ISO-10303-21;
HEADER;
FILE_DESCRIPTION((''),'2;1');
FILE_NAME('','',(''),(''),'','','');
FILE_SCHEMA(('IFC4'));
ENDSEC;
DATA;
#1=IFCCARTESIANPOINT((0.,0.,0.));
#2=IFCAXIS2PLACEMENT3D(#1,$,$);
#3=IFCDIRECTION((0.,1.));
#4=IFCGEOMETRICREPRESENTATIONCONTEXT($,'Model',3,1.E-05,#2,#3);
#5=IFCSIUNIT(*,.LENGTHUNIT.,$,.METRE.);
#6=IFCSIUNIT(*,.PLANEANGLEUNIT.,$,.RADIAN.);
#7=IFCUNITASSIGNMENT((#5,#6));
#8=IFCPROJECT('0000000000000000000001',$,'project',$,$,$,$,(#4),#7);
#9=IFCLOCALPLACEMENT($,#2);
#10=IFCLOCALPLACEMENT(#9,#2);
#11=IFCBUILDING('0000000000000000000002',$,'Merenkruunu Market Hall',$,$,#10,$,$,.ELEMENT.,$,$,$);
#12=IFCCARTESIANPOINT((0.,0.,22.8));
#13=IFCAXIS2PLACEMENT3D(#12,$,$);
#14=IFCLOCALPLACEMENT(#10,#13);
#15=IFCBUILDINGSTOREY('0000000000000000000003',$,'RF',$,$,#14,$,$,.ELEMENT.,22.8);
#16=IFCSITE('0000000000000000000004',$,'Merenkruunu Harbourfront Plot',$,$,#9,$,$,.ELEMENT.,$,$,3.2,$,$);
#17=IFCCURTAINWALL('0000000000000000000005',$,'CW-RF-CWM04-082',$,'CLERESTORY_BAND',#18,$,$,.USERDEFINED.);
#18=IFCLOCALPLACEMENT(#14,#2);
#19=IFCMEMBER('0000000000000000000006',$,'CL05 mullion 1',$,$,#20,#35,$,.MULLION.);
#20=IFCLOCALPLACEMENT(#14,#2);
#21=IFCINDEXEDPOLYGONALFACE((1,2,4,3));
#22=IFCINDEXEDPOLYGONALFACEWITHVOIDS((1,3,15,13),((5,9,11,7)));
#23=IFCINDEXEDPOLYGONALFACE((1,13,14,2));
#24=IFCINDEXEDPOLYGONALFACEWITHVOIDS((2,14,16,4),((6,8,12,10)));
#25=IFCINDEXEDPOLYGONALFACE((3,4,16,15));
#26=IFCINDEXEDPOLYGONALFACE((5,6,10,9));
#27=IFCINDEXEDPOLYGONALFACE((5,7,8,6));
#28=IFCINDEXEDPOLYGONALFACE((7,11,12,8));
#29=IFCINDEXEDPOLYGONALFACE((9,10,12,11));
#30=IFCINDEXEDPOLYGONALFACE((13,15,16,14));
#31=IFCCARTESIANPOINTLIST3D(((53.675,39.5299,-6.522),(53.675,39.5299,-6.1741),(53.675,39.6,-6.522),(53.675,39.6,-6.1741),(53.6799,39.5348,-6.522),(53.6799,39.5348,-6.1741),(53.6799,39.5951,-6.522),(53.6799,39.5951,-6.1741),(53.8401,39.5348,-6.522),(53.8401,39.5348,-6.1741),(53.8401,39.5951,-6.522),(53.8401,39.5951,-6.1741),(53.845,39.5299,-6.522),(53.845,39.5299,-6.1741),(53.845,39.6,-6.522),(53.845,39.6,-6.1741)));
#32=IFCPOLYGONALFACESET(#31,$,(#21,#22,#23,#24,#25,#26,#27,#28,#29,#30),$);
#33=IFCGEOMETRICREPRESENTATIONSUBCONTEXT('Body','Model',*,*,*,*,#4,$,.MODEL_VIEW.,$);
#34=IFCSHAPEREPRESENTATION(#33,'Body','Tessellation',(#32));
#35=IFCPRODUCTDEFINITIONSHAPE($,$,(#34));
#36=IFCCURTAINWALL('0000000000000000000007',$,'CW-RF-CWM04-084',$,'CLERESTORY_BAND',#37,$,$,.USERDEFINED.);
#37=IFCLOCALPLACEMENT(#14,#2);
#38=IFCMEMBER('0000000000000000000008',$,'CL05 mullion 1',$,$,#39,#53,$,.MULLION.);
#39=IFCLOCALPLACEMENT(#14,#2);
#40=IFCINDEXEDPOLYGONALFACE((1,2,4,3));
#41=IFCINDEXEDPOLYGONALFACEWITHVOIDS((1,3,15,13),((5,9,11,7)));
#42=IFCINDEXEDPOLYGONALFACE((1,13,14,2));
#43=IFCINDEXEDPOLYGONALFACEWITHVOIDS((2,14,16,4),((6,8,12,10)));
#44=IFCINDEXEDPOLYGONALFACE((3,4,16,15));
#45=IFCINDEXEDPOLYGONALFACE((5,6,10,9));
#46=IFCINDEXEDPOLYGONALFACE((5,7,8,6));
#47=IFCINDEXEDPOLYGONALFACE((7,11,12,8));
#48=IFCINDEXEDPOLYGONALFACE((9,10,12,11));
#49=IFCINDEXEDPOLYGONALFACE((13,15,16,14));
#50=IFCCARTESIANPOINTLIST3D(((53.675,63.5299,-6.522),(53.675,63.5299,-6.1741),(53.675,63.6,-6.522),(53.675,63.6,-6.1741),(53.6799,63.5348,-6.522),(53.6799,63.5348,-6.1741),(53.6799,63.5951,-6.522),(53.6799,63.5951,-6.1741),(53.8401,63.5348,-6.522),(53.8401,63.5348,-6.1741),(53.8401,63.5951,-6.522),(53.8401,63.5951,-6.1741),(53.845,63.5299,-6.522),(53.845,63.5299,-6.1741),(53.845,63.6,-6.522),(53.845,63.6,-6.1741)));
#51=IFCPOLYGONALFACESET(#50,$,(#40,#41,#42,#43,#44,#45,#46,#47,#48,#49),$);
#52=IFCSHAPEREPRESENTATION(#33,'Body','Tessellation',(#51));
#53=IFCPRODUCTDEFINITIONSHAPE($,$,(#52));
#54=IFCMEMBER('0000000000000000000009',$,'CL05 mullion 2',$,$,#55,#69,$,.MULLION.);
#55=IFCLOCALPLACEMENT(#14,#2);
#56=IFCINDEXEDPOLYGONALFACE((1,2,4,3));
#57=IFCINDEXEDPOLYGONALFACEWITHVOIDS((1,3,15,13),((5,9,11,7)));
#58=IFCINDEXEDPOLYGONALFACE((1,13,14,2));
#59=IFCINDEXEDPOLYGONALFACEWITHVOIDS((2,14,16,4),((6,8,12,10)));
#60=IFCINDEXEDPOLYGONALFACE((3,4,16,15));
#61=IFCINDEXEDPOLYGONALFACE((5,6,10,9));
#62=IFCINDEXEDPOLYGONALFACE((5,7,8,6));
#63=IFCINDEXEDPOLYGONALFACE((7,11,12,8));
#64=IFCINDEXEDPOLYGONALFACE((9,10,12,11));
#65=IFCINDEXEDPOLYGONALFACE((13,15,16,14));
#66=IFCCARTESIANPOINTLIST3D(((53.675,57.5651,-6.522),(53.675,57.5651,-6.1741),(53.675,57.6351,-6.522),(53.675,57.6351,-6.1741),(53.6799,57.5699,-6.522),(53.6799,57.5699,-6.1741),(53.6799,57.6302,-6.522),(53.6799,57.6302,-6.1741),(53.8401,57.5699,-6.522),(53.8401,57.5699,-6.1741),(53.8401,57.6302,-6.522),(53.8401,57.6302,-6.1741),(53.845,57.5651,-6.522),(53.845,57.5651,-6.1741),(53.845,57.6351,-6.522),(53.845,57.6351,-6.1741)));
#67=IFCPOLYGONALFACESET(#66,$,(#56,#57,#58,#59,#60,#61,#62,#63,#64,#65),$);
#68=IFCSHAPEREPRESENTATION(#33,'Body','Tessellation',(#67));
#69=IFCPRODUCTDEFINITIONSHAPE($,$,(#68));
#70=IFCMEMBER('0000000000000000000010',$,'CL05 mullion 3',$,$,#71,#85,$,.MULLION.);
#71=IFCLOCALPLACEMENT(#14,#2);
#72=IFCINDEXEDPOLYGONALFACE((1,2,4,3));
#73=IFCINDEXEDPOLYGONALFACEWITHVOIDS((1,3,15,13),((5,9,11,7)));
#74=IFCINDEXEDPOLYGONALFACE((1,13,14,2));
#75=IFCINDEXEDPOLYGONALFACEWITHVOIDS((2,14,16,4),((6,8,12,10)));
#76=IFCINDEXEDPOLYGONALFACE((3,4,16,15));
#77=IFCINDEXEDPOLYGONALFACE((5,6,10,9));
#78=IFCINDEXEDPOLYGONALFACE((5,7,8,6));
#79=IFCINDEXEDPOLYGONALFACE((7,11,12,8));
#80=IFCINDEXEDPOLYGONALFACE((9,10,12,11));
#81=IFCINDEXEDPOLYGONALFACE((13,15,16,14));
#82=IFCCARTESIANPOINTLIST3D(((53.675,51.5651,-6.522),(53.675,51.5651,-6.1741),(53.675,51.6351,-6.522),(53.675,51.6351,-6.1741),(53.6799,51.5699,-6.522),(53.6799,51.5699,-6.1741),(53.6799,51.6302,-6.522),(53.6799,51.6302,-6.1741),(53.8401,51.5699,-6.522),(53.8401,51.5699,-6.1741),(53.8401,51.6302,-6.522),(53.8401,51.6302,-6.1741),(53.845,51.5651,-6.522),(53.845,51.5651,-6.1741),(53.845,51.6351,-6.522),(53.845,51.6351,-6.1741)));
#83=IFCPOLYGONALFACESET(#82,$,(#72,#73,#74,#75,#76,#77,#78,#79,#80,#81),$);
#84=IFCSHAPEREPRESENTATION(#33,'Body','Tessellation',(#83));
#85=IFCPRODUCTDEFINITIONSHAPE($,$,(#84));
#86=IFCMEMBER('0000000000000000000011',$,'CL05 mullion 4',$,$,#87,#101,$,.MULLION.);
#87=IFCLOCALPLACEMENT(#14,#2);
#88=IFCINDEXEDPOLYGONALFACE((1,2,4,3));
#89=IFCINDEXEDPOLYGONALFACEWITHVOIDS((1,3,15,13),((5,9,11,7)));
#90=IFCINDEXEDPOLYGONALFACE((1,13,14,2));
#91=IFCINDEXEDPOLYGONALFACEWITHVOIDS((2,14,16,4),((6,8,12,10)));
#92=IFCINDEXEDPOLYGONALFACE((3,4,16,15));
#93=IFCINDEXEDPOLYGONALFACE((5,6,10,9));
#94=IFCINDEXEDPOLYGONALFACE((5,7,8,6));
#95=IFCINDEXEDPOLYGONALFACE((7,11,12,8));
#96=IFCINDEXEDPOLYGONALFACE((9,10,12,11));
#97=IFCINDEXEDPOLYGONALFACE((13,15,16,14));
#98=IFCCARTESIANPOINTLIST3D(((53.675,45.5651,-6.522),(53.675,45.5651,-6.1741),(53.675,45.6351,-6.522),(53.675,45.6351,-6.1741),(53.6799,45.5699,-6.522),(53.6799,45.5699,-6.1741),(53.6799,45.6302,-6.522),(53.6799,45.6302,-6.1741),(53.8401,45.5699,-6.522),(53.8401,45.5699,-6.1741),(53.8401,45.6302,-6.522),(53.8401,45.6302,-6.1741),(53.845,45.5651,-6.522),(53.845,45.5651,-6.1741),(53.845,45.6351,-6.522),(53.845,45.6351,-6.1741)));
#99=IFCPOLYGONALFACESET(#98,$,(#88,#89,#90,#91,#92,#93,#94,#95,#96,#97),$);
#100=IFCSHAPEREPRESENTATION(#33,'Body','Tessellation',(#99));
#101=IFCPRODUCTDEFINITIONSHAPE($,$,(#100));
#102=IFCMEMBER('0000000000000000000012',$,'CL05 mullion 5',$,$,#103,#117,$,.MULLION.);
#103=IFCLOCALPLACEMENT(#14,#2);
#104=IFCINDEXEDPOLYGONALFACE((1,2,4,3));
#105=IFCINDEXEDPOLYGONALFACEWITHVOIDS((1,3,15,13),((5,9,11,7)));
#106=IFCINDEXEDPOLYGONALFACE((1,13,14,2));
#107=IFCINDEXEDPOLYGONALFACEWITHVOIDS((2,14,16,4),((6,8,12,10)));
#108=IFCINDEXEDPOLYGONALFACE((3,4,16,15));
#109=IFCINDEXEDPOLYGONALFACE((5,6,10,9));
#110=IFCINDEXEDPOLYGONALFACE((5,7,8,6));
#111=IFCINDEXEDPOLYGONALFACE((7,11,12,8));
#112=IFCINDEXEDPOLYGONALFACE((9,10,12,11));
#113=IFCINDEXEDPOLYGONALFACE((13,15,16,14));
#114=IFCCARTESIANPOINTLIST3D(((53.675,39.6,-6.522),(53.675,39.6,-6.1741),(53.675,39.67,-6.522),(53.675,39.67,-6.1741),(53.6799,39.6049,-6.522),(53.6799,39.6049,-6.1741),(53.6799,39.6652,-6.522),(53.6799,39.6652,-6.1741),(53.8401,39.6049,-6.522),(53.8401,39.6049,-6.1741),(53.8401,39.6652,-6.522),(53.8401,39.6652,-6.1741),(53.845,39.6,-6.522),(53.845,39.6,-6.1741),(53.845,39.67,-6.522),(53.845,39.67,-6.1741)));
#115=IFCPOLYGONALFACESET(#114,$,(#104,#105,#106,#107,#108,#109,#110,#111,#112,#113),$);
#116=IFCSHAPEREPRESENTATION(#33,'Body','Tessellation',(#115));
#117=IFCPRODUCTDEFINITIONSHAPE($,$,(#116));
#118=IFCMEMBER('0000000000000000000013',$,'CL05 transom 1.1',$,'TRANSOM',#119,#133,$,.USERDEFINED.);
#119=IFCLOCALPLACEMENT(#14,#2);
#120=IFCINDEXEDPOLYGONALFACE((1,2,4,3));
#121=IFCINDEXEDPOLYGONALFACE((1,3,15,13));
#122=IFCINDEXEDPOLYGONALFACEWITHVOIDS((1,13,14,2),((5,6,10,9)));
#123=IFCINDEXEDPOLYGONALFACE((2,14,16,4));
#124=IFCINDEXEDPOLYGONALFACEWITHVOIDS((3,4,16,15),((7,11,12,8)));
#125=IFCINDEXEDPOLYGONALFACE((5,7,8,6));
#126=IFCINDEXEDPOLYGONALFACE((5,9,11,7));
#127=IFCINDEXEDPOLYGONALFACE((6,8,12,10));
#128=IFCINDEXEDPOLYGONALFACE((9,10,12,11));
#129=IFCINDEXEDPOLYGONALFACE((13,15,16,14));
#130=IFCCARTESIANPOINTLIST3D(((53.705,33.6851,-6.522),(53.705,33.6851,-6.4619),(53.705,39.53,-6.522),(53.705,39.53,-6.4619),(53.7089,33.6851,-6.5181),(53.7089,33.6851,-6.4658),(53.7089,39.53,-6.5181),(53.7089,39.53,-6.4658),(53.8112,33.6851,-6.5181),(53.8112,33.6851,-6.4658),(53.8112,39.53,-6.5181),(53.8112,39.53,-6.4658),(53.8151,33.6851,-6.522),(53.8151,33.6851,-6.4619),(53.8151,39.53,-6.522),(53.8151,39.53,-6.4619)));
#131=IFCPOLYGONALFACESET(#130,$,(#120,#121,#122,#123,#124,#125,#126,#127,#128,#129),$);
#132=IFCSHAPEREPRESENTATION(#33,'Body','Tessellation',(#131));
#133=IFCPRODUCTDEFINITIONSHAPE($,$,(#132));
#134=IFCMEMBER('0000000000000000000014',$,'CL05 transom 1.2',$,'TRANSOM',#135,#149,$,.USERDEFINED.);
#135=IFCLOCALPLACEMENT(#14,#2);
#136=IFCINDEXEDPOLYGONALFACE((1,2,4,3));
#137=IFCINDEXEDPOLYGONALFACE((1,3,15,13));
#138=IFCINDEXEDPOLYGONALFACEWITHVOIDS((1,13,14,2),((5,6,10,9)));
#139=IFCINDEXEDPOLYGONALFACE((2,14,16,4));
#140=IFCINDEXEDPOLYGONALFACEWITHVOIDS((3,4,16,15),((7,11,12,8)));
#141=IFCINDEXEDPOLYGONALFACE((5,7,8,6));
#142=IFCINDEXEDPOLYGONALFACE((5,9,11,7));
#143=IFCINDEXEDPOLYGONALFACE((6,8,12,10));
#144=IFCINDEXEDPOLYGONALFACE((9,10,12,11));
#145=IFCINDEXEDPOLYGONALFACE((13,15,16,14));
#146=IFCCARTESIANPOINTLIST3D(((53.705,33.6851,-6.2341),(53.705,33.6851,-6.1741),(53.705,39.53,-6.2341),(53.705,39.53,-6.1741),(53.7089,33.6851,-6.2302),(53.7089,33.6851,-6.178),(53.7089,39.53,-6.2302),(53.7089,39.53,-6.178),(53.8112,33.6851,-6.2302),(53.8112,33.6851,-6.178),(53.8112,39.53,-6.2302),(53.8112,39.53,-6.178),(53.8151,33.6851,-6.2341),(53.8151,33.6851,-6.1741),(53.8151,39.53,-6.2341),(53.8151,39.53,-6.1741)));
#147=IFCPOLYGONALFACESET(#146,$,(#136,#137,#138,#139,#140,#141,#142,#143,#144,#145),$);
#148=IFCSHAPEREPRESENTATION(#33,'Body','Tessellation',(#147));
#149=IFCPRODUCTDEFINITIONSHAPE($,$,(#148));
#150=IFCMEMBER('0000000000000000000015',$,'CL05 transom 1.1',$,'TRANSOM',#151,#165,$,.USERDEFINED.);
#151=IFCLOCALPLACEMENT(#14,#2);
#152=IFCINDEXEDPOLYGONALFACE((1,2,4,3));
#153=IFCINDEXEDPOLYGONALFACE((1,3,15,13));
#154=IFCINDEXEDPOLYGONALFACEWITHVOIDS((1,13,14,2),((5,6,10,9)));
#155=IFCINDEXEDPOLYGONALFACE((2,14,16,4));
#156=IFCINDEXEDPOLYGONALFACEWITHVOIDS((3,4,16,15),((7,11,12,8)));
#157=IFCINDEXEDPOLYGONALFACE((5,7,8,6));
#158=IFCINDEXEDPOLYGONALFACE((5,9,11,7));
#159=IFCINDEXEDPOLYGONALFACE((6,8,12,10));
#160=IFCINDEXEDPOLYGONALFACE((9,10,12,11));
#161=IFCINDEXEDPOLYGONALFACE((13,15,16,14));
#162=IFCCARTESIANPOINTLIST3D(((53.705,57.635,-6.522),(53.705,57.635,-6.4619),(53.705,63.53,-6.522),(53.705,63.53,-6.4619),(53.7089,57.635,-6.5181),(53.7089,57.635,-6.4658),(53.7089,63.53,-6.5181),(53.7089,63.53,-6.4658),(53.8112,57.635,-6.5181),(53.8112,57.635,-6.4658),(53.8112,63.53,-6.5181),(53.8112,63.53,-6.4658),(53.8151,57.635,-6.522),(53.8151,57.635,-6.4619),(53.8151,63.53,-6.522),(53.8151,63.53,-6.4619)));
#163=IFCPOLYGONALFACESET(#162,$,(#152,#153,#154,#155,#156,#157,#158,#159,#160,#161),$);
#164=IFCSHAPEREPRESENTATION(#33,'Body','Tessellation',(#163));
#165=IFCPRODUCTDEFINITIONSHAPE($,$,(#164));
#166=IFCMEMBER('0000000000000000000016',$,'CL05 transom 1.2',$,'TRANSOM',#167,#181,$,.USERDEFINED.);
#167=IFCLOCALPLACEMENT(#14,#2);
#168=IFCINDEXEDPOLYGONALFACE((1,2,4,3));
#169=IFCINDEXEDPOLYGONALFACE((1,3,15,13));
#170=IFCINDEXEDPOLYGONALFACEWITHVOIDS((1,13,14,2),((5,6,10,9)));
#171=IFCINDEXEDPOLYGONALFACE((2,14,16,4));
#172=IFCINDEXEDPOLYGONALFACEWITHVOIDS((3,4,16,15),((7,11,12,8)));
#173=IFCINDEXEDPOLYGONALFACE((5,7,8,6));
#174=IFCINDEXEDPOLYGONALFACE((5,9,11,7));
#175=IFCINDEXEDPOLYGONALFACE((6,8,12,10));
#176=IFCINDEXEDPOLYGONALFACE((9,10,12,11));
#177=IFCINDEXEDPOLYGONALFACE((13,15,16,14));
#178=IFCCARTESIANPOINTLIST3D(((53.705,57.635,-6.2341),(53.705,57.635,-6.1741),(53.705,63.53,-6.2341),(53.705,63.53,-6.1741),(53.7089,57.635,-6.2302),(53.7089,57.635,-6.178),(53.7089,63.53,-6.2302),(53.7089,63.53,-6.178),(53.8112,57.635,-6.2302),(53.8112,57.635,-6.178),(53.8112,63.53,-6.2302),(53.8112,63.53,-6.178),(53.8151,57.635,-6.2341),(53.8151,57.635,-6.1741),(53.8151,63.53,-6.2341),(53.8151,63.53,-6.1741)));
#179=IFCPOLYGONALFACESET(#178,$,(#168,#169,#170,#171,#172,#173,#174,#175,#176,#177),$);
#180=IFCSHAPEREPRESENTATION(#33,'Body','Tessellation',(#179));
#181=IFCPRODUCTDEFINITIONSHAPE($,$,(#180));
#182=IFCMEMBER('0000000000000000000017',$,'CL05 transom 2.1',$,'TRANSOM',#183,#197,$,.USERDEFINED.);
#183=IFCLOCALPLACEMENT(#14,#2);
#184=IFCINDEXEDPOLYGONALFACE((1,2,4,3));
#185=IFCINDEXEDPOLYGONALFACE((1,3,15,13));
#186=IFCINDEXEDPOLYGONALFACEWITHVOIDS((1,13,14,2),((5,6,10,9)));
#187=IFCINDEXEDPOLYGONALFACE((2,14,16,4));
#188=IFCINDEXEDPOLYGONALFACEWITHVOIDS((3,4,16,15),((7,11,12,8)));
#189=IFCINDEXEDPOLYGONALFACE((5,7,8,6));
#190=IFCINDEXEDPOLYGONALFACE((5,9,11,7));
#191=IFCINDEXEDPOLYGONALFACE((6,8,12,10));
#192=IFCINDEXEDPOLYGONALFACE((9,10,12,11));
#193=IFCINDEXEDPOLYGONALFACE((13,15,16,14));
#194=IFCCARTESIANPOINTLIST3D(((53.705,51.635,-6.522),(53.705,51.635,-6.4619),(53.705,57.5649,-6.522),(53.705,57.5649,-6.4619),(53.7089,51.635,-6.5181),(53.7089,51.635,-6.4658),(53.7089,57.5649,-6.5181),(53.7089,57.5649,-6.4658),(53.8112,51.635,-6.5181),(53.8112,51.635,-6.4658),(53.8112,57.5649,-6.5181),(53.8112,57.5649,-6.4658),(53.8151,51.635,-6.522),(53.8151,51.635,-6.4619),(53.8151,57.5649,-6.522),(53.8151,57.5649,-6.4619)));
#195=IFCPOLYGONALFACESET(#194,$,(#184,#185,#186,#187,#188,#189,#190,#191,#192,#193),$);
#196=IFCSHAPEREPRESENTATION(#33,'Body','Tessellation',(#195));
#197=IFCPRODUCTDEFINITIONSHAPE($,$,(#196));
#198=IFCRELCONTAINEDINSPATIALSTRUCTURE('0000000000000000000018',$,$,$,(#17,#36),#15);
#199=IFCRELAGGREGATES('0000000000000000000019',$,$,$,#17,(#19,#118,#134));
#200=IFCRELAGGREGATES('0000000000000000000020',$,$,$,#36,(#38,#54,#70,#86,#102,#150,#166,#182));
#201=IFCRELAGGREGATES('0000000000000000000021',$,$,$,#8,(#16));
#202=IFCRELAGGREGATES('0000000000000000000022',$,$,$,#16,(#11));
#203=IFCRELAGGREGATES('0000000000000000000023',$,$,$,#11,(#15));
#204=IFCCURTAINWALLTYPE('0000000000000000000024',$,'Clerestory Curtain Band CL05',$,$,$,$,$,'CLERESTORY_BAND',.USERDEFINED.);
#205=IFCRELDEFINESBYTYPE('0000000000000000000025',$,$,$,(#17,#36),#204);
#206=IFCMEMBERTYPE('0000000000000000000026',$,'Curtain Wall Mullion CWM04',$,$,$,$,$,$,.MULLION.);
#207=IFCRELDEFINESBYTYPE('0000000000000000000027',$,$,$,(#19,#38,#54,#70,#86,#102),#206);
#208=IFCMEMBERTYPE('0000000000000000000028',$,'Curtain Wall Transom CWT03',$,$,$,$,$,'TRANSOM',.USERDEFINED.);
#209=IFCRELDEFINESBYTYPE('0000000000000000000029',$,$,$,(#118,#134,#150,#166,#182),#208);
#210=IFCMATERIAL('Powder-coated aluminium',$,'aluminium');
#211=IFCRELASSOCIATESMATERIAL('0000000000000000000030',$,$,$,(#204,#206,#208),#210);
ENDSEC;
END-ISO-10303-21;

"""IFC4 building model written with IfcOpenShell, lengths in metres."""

from ifc_helpers import new_model, si_unit, direction, frame, origin, origin_2d, place, context, subcontext, project, spatial, hollow_rectangle, extrude, material, material_profile, profile_set, type_object, element, aggregate, save


model = new_model("IFC4")

# Units and contexts
model_context = context("Model", 3, precision=1e-05, world=origin(), true_north=direction((0.0, 1.0)))
body_context = subcontext(model_context, "Body", "Model", "MODEL_VIEW")
ifc_project = project(units=[si_unit("LENGTHUNIT", "METRE"), si_unit("PLANEANGLEUNIT", "RADIAN")], contexts=[model_context])

# Site, building, storey
site_placement = place(None, origin())
site = spatial("IfcSite", under=ifc_project, at=site_placement, Name="Merenkruunu Harbourfront Plot", CompositionType="ELEMENT", RefElevation=3.2)
building_placement = place(site_placement, origin())
building = spatial("IfcBuilding", under=site, at=building_placement, Name="Merenkruunu Market Hall", CompositionType="ELEMENT")
storey_placement = place(building_placement, frame((0.0, 0.0, 22.8)))
storey = spatial("IfcBuildingStorey", under=building, at=storey_placement, Name="RF", CompositionType="ELEMENT", Elevation=22.8)

# Curtain wall, member
ifc_material_1 = material(Name="Powder-coated aluminium", Category="aluminium")
curtain_wall_type = type_object("IfcCurtainWallType", Name="Clerestory Curtain Band CL05", ElementType="CLERESTORY_BAND", PredefinedType="USERDEFINED", material=ifc_material_1)
curtain_wall_1_placement = place(storey_placement, origin())
curtain_wall_1 = element("IfcCurtainWall", 1, at=curtain_wall_1_placement, inside=storey, type_object=curtain_wall_type, Name="CW-RF-CWM04-082", ObjectType="CLERESTORY_BAND", PredefinedType="USERDEFINED")
ifc_material_profile_1 = material_profile(ifc_material_1, hollow_rectangle(XDim=0.0701, YDim=0.1699, WallThickness=0.0049, at=origin_2d()), Name="ALU 70x170x5")
ifc_profile_set_1 = profile_set([ifc_material_profile_1], Name="Powder-coated aluminium")
member_type_1 = type_object("IfcMemberType", Name="Curtain Wall Mullion CWM04", PredefinedType="MULLION", material=ifc_profile_set_1)
member_1_placement = place(storey_placement, frame((53.76, 39.5649, -6.522), z_axis=(0.0, 0.0, 1.0), x_axis=(0.0, -1.0, 0.0)))
member_1 = element("IfcMember", 2, at=member_1_placement, type_object=member_type_1, Name="CL05 mullion 1", PredefinedType="MULLION", context=body_context, shape_type="SweptSolid", body=[
    extrude(hollow_rectangle(XDim=0.0701, YDim=0.1699, WallThickness=0.0049, at=origin_2d()), origin(), (0.0, 0.0, 1.0), 0.3479),
])

# Curtain wall, members
curtain_wall_2_placement = place(storey_placement, origin())
curtain_wall_2 = element("IfcCurtainWall", 3, at=curtain_wall_2_placement, inside=storey, type_object=curtain_wall_type, Name="CW-RF-CWM04-084", ObjectType="CLERESTORY_BAND", PredefinedType="USERDEFINED")
member_2_placement = place(storey_placement, frame((53.76, 63.5649, -6.522), z_axis=(0.0, 0.0, 1.0), x_axis=(0.0, -1.0, 0.0)))
member_2 = element("IfcMember", 4, at=member_2_placement, type_object=member_type_1, Name="CL05 mullion 1", PredefinedType="MULLION", context=body_context, shape_type="SweptSolid", body=[
    extrude(hollow_rectangle(XDim=0.0701, YDim=0.1699, WallThickness=0.0049, at=origin_2d()), origin(), (0.0, 0.0, 1.0), 0.3479),
])
member_3_placement = place(storey_placement, frame((53.76, 57.6001, -6.522), z_axis=(0.0, 0.0, 1.0), x_axis=(0.0, -1.0, 0.0)))
member_3 = element("IfcMember", 5, at=member_3_placement, type_object=member_type_1, Name="CL05 mullion 2", PredefinedType="MULLION", context=body_context, shape_type="SweptSolid", body=[
    extrude(hollow_rectangle(XDim=0.0701, YDim=0.1699, WallThickness=0.0049, at=origin_2d()), origin(), (0.0, 0.0, 1.0), 0.3479),
])
member_4_placement = place(storey_placement, frame((53.76, 51.6001, -6.522), z_axis=(0.0, 0.0, 1.0), x_axis=(0.0, -1.0, 0.0)))
member_4 = element("IfcMember", 6, at=member_4_placement, type_object=member_type_1, Name="CL05 mullion 3", PredefinedType="MULLION", context=body_context, shape_type="SweptSolid", body=[
    extrude(hollow_rectangle(XDim=0.0701, YDim=0.1699, WallThickness=0.0049, at=origin_2d()), origin(), (0.0, 0.0, 1.0), 0.3479),
])
member_5_placement = place(storey_placement, frame((53.76, 45.6001, -6.522), z_axis=(0.0, 0.0, 1.0), x_axis=(0.0, -1.0, 0.0)))
member_5 = element("IfcMember", 7, at=member_5_placement, type_object=member_type_1, Name="CL05 mullion 4", PredefinedType="MULLION", context=body_context, shape_type="SweptSolid", body=[
    extrude(hollow_rectangle(XDim=0.0701, YDim=0.1699, WallThickness=0.0049, at=origin_2d()), origin(), (0.0, 0.0, 1.0), 0.3479),
])
member_6_placement = place(storey_placement, frame((53.76, 39.635, -6.522), z_axis=(0.0, 0.0, 1.0), x_axis=(0.0, -1.0, 0.0)))
member_6 = element("IfcMember", 8, at=member_6_placement, type_object=member_type_1, Name="CL05 mullion 5", PredefinedType="MULLION", context=body_context, shape_type="SweptSolid", body=[
    extrude(hollow_rectangle(XDim=0.0701, YDim=0.1699, WallThickness=0.0049, at=origin_2d()), origin(), (0.0, 0.0, 1.0), 0.3479),
])

# Members
ifc_material_profile_2 = material_profile(ifc_material_1, hollow_rectangle(XDim=0.0601, YDim=0.1101, WallThickness=0.0039, at=origin_2d()), Name="ALU 60x110x4")
ifc_profile_set_2 = profile_set([ifc_material_profile_2], Name="Powder-coated aluminium")
member_type_2 = type_object("IfcMemberType", Name="Curtain Wall Transom CWT03", ElementType="TRANSOM", PredefinedType="USERDEFINED", material=ifc_profile_set_2)
member_7_placement = place(storey_placement, frame((53.76, 39.53, -6.4919), z_axis=(0.0, -1.0, 0.0), x_axis=(0.0, 0.0, 1.0)))
member_7 = element("IfcMember", 9, at=member_7_placement, type_object=member_type_2, Name="CL05 transom 1.1", ObjectType="TRANSOM", PredefinedType="USERDEFINED", context=body_context, shape_type="SweptSolid", body=[
    extrude(hollow_rectangle(XDim=0.0601, YDim=0.1101, WallThickness=0.0039, at=origin_2d()), origin(), (0.0, 0.0, 1.0), 5.845),
])
member_8_placement = place(storey_placement, frame((53.76, 39.53, -6.2041), z_axis=(0.0, -1.0, 0.0), x_axis=(0.0, 0.0, 1.0)))
member_8 = element("IfcMember", 10, at=member_8_placement, type_object=member_type_2, Name="CL05 transom 1.2", ObjectType="TRANSOM", PredefinedType="USERDEFINED", context=body_context, shape_type="SweptSolid", body=[
    extrude(hollow_rectangle(XDim=0.0601, YDim=0.1101, WallThickness=0.0039, at=origin_2d()), origin(), (0.0, 0.0, 1.0), 5.845),
])
member_9_placement = place(storey_placement, frame((53.76, 63.53, -6.4919), z_axis=(0.0, -1.0, 0.0), x_axis=(0.0, 0.0, 1.0)))
member_9 = element("IfcMember", 11, at=member_9_placement, type_object=member_type_2, Name="CL05 transom 1.1", ObjectType="TRANSOM", PredefinedType="USERDEFINED", context=body_context, shape_type="SweptSolid", body=[
    extrude(hollow_rectangle(XDim=0.0601, YDim=0.1101, WallThickness=0.0039, at=origin_2d()), origin(), (0.0, 0.0, 1.0), 5.895),
])
member_10_placement = place(storey_placement, frame((53.76, 63.53, -6.2041), z_axis=(0.0, -1.0, 0.0), x_axis=(0.0, 0.0, 1.0)))
member_10 = element("IfcMember", 12, at=member_10_placement, type_object=member_type_2, Name="CL05 transom 1.2", ObjectType="TRANSOM", PredefinedType="USERDEFINED", context=body_context, shape_type="SweptSolid", body=[
    extrude(hollow_rectangle(XDim=0.0601, YDim=0.1101, WallThickness=0.0039, at=origin_2d()), origin(), (0.0, 0.0, 1.0), 5.895),
])
member_11_placement = place(storey_placement, frame((53.76, 57.5649, -6.4919), z_axis=(0.0, -1.0, 0.0), x_axis=(0.0, 0.0, 1.0)))
member_11 = element("IfcMember", 13, at=member_11_placement, type_object=member_type_2, Name="CL05 transom 2.1", ObjectType="TRANSOM", PredefinedType="USERDEFINED", context=body_context, shape_type="SweptSolid", body=[
    extrude(hollow_rectangle(XDim=0.0601, YDim=0.1101, WallThickness=0.0039, at=origin_2d()), origin(), (0.0, 0.0, 1.0), 5.9299),
])

aggregate(curtain_wall_1, [member_1, member_7, member_8])
aggregate(curtain_wall_2, [member_2, member_3, member_4, member_5, member_6, member_9, member_10, member_11])

save(model, "model.ifc")
